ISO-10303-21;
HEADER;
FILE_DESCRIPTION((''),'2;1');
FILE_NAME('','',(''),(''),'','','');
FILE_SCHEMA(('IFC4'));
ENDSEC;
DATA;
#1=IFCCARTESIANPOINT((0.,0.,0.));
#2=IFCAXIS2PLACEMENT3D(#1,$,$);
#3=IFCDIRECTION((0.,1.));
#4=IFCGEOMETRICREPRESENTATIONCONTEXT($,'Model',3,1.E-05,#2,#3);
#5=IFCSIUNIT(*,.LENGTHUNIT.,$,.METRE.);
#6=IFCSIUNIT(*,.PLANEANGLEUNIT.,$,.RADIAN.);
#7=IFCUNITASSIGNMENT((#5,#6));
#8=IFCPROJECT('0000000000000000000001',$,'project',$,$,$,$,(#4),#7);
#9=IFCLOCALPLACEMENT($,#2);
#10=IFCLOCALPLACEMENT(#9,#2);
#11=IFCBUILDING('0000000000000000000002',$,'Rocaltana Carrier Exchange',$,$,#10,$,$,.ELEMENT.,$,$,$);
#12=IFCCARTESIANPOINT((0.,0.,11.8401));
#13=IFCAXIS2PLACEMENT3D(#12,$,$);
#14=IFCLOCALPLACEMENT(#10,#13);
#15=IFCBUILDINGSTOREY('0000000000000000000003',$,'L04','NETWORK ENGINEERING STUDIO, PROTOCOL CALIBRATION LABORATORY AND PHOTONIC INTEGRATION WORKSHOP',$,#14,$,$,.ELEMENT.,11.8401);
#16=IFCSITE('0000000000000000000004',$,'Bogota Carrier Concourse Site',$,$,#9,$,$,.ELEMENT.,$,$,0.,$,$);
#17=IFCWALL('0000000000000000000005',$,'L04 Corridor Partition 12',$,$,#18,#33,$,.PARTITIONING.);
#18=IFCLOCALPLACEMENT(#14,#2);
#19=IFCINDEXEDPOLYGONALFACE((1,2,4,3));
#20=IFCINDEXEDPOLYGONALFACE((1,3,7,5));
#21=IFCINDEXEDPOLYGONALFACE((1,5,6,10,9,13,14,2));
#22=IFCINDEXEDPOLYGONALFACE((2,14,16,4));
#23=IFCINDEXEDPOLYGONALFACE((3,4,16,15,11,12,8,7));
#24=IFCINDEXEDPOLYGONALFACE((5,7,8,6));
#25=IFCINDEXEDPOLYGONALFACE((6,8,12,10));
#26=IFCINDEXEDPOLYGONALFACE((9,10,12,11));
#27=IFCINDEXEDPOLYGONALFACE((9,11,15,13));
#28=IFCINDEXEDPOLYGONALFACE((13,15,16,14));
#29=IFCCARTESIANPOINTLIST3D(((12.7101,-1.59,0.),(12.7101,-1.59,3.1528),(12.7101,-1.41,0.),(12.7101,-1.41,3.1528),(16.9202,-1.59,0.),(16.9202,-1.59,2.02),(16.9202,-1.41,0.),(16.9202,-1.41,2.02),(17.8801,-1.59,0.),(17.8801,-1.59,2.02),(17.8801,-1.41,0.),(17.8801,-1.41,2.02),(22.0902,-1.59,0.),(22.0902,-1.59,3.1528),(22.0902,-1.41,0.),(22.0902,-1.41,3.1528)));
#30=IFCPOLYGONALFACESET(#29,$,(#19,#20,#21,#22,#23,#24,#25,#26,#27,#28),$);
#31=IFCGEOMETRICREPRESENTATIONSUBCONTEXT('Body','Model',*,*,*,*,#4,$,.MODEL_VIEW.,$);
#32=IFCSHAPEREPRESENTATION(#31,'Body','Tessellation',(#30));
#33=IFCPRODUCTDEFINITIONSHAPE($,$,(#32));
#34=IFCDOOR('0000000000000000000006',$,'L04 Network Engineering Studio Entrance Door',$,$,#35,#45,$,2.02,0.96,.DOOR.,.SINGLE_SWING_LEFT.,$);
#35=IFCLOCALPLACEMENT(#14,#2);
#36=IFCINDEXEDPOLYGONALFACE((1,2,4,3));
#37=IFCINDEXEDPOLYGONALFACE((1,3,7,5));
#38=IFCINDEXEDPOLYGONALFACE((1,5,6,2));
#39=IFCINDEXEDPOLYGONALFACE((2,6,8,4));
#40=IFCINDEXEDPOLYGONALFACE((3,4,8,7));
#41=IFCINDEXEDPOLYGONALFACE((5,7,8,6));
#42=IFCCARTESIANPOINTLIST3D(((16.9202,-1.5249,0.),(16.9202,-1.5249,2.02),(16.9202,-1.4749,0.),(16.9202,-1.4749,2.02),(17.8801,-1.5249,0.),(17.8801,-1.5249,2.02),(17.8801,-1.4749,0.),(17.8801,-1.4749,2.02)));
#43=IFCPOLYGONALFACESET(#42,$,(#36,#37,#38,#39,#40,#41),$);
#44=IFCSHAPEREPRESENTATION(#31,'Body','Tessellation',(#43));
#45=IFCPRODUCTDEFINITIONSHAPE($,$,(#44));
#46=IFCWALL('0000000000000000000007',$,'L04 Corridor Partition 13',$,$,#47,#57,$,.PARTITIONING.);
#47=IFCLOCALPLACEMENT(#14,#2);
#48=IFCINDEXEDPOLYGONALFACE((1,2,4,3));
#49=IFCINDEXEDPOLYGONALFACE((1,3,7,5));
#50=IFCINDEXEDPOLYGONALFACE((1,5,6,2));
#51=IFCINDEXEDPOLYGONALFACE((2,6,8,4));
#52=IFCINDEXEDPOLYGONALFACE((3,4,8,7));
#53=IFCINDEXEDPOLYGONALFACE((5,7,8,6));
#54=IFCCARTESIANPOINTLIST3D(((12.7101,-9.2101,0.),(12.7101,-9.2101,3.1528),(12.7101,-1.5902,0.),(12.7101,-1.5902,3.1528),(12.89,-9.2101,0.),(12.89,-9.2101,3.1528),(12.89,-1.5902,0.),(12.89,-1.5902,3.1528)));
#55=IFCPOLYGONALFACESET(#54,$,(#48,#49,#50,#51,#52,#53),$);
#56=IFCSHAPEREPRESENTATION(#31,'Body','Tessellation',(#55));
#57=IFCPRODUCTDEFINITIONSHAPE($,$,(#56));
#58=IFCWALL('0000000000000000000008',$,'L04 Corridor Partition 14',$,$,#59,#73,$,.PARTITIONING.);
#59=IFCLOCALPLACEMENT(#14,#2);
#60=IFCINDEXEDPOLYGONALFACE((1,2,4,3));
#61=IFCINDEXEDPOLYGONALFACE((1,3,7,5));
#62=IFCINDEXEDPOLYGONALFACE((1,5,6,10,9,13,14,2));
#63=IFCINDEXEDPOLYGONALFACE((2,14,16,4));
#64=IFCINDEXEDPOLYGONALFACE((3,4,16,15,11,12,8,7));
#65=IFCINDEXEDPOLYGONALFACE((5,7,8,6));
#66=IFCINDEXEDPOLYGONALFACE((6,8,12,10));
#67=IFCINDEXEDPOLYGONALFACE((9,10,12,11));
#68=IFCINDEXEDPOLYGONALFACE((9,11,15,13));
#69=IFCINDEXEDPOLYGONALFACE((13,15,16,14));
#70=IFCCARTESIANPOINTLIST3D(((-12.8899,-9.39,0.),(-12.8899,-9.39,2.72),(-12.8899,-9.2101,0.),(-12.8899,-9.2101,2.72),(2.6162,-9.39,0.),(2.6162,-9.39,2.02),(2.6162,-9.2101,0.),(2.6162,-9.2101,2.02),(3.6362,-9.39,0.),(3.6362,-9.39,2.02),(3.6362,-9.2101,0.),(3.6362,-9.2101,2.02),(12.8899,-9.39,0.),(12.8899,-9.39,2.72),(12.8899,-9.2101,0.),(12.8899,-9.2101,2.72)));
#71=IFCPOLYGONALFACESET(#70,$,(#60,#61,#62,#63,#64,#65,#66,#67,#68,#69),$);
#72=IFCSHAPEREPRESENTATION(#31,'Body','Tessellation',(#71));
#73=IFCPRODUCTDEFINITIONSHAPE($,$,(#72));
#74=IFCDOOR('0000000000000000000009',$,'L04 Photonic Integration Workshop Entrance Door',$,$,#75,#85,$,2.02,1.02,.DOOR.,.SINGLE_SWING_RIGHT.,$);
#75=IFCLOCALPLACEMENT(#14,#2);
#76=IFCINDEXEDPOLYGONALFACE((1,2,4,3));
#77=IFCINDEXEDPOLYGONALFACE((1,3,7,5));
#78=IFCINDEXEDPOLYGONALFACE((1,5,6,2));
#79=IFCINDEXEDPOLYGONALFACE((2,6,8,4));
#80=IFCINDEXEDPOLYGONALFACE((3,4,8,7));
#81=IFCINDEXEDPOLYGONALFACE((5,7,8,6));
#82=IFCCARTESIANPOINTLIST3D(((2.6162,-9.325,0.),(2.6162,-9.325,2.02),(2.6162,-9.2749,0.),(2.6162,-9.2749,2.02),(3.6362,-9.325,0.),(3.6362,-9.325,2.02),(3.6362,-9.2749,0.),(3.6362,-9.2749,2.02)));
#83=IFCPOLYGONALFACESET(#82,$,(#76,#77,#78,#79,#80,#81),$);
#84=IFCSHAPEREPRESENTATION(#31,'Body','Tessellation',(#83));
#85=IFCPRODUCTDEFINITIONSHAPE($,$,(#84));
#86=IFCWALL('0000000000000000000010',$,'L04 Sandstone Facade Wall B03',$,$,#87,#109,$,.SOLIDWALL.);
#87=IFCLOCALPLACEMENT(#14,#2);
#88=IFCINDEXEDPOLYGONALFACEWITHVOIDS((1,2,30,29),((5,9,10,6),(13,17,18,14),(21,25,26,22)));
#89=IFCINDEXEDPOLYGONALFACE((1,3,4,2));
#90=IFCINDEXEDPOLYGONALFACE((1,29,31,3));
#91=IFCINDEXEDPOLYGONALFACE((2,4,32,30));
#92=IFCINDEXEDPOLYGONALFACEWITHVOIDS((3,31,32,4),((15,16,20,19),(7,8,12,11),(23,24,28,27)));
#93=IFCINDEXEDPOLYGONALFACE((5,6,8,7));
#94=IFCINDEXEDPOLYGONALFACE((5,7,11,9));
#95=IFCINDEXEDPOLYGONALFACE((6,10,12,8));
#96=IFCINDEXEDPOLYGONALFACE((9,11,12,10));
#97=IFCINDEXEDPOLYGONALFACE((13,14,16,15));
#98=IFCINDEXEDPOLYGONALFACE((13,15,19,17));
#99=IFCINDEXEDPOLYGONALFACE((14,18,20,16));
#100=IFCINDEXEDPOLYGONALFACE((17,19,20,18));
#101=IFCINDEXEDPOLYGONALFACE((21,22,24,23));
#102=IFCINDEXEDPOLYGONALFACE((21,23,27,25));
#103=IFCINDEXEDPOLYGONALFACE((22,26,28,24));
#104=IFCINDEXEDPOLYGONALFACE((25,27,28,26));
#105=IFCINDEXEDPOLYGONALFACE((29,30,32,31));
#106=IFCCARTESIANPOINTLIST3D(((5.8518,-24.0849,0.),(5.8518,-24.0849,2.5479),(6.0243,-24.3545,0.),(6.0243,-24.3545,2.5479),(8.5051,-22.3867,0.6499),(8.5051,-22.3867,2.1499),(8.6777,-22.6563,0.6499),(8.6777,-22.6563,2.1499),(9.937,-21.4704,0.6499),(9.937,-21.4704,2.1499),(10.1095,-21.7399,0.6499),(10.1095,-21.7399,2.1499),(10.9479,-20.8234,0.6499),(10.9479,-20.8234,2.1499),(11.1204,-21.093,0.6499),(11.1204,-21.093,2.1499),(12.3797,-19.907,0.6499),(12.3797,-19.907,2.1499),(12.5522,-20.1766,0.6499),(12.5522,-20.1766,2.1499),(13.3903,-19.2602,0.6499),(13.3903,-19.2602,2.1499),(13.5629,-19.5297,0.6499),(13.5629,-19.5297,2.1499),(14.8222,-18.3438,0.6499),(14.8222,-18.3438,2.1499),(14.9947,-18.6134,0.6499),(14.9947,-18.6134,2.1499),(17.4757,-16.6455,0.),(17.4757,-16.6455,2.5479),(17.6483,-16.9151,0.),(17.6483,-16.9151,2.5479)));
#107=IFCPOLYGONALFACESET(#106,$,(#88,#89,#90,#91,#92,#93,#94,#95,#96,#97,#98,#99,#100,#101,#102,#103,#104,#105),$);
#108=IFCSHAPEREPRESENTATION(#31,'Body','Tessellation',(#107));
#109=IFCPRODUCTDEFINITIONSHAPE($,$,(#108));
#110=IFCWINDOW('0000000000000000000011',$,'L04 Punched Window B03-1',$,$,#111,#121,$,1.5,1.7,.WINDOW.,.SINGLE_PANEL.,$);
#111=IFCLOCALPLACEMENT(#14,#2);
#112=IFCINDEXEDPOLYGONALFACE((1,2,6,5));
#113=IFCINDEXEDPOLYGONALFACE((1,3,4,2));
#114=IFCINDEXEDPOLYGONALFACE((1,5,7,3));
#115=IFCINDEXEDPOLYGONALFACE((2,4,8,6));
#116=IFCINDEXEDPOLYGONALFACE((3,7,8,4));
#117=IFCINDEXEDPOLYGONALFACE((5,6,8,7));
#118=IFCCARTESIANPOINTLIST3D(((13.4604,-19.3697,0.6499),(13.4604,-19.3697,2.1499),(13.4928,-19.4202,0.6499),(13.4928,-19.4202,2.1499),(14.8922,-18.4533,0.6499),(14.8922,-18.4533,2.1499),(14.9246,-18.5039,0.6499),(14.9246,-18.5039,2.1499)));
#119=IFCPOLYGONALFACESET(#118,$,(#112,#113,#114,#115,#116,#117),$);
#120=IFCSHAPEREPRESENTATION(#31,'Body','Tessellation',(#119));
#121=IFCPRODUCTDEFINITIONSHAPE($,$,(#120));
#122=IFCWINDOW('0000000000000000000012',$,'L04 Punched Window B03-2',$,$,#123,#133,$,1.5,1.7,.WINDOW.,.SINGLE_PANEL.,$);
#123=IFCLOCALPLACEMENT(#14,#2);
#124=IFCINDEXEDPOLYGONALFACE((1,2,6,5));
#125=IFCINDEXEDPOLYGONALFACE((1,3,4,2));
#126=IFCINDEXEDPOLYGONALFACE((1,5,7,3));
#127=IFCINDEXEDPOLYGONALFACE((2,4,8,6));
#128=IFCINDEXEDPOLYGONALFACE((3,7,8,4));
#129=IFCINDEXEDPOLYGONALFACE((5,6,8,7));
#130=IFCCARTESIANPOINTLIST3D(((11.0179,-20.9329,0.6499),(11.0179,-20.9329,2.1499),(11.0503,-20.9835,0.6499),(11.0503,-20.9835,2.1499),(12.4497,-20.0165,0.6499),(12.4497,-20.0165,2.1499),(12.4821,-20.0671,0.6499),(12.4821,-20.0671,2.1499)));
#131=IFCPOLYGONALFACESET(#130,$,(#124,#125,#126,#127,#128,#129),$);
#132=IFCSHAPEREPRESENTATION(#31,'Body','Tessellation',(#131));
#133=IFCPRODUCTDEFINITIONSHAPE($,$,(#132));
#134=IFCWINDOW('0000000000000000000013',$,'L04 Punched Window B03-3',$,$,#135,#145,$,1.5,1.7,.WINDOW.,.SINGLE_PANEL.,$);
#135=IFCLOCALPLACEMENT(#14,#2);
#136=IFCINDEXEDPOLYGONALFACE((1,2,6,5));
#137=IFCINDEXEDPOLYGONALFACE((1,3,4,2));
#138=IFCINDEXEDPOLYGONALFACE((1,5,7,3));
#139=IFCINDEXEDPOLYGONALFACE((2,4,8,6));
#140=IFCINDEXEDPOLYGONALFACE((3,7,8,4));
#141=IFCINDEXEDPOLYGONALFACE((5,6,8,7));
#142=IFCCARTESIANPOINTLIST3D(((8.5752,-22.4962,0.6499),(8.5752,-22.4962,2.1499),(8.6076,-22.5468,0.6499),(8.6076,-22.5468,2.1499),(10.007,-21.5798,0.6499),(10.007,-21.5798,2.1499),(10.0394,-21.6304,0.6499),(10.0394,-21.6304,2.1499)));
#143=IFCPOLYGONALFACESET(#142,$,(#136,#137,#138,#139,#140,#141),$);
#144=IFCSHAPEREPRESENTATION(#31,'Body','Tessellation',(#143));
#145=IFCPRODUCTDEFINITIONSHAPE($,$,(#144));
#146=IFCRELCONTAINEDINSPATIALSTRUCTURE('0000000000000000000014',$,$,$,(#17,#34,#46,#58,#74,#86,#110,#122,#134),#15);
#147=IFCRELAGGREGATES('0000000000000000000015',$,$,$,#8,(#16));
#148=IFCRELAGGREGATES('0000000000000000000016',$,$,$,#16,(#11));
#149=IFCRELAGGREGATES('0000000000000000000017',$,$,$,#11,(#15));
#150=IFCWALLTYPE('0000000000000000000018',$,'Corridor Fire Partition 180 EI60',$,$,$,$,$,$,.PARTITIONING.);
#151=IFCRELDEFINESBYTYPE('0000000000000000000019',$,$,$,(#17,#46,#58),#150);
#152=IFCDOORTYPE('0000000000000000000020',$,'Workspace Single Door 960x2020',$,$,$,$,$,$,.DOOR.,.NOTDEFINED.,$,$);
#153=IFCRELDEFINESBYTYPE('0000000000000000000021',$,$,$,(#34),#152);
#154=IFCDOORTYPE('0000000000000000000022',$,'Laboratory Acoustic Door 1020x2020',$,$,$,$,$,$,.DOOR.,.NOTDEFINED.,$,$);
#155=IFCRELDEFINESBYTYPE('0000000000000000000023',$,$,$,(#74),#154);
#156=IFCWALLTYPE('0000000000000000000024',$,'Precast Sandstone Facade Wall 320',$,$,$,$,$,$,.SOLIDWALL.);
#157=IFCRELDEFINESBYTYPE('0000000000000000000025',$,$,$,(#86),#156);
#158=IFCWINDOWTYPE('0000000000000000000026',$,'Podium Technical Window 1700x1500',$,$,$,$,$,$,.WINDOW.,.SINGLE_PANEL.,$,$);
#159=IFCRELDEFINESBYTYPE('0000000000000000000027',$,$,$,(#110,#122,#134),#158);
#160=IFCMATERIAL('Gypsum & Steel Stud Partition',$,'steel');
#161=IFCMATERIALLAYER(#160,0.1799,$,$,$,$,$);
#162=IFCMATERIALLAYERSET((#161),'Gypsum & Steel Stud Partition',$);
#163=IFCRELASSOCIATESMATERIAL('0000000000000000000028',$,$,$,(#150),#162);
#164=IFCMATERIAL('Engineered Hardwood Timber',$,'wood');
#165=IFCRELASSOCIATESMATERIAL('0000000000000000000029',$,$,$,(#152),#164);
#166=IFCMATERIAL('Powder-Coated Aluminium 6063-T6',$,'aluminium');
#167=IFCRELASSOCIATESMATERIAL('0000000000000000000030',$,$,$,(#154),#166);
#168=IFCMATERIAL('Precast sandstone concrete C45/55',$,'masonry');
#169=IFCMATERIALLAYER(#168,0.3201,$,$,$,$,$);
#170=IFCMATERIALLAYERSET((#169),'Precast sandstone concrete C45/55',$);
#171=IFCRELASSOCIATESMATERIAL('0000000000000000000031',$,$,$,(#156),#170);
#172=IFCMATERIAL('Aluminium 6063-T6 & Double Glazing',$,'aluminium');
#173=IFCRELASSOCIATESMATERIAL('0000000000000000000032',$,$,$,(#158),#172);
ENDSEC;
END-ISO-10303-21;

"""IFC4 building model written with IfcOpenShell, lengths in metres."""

from ifc_helpers import new_model, si_unit, direction, frame, frame_2d, origin, place, context, subcontext, project, spatial, rectangle, extrude, material, layer, layer_set, type_object, element, fill, save


model = new_model("IFC4")

# Units and contexts
model_context = context("Model", 3, precision=1e-05, world=origin(), true_north=direction((0.0, 1.0)))
body_context = subcontext(model_context, "Body", "Model", "MODEL_VIEW")
ifc_project = project(units=[si_unit("LENGTHUNIT", "METRE"), si_unit("PLANEANGLEUNIT", "RADIAN")], contexts=[model_context])

# Site, building, storey
site_placement = place(None, origin())
site = spatial("IfcSite", under=ifc_project, at=site_placement, Name="Bogota Carrier Concourse Site", CompositionType="ELEMENT", RefElevation=0.0)
building_placement = place(site_placement, origin())
building = spatial("IfcBuilding", under=site, at=building_placement, Name="Rocaltana Carrier Exchange", CompositionType="ELEMENT")
storey_placement = place(building_placement, frame((0.0, 0.0, 11.8401)))
storey = spatial("IfcBuildingStorey", under=building, at=storey_placement, Name="L04", Description="NETWORK ENGINEERING STUDIO, PROTOCOL CALIBRATION LABORATORY AND PHOTONIC INTEGRATION WORKSHOP", CompositionType="ELEMENT", Elevation=11.8401)

# Wall, opening, door
ifc_material_1 = material(Name="Gypsum & Steel Stud Partition", Category="steel")
ifc_layer_1 = layer(ifc_material_1, 0.1799)
ifc_layer_set_1 = layer_set([ifc_layer_1], Name="Gypsum & Steel Stud Partition")
wall_type_1 = type_object("IfcWallType", Name="Corridor Fire Partition 180 EI60", PredefinedType="PARTITIONING", material=ifc_layer_set_1)
wall_1_placement = place(storey_placement, frame((22.0901, -1.5, 0.0), z_axis=(0.0, 0.0, 1.0), x_axis=(-1.0, 0.0, 0.0)))
wall_1 = element("IfcWall", 1, at=wall_1_placement, inside=storey, type_object=wall_type_1, Name="L04 Corridor Partition 12", PredefinedType="PARTITIONING", context=body_context, shape_type="SweptSolid", body=[
    extrude(rectangle(XDim=9.3801, YDim=0.1799, at=frame_2d((4.6899, 0.0))), origin(), (0.0, 0.0, 1.0), 3.1528),
])
opening_1_placement = place(wall_1_placement, frame((4.21, 0.0, 0.0)))
opening_1 = element("IfcOpeningElement", 2, at=opening_1_placement, cuts=wall_1, PredefinedType="OPENING", context=body_context, shape_type="SweptSolid", body=[
    extrude(rectangle(XDim=0.96, YDim=2.02, at=frame_2d((0.48, 1.01))), frame((0.0, 0.0999, 0.0), z_axis=(0.0, -1.0, 0.0), x_axis=(1.0, 0.0, 0.0)), (0.0, 0.0, 1.0), 0.2),
])
ifc_material_2 = material(Name="Engineered Hardwood Timber", Category="wood")
door_type_1 = type_object("IfcDoorType", Name="Workspace Single Door 960x2020", OperationType="NOTDEFINED", PredefinedType="DOOR", material=ifc_material_2)
door_1_placement = place(opening_1_placement, origin())
door_1 = element("IfcDoor", 3, at=door_1_placement, inside=storey, type_object=door_type_1, Name="L04 Network Engineering Studio Entrance Door", OperationType="SINGLE_SWING_LEFT", OverallHeight=2.02, OverallWidth=0.96, PredefinedType="DOOR", context=body_context, shape_type="SweptSolid", body=[
    extrude(rectangle(XDim=0.96, YDim=2.02, at=frame_2d((0.48, 1.01))), frame((0.0, 0.0249, 0.0), z_axis=(0.0, -1.0, 0.0), x_axis=(1.0, 0.0, 0.0)), (0.0, 0.0, 1.0), 0.05),
])
fill(opening_1, door_1)

# Wall
wall_2_placement = place(storey_placement, frame((12.8, -1.5901, 0.0), z_axis=(0.0, 0.0, 1.0), x_axis=(0.0, -1.0, 0.0)))
element("IfcWall", 4, at=wall_2_placement, inside=storey, type_object=wall_type_1, Name="L04 Corridor Partition 13", PredefinedType="PARTITIONING", context=body_context, shape_type="SweptSolid", body=[
    extrude(rectangle(XDim=7.6199, YDim=0.1799, at=frame_2d((3.8101, 0.0))), origin(), (0.0, 0.0, 1.0), 3.1528),
])

# Wall, opening, door
wall_3_placement = place(storey_placement, frame((12.8899, -9.3, 0.0), z_axis=(0.0, 0.0, 1.0), x_axis=(-1.0, 0.0, 0.0)))
wall_3 = element("IfcWall", 5, at=wall_3_placement, inside=storey, type_object=wall_type_1, Name="L04 Corridor Partition 14", PredefinedType="PARTITIONING", context=body_context, shape_type="SweptSolid", body=[
    extrude(rectangle(XDim=25.7798, YDim=0.1799, at=frame_2d((12.8899, 0.0))), origin(), (0.0, 0.0, 1.0), 2.72),
])
opening_2_placement = place(wall_3_placement, frame((9.2537, 0.0, 0.0)))
opening_2 = element("IfcOpeningElement", 6, at=opening_2_placement, cuts=wall_3, PredefinedType="OPENING", context=body_context, shape_type="SweptSolid", body=[
    extrude(rectangle(XDim=1.02, YDim=2.02, at=frame_2d((0.51, 1.01))), frame((0.0, 0.0999, 0.0), z_axis=(0.0, -1.0, 0.0), x_axis=(1.0, 0.0, 0.0)), (0.0, 0.0, 1.0), 0.2),
])
ifc_material_3 = material(Name="Powder-Coated Aluminium 6063-T6", Category="aluminium")
door_type_2 = type_object("IfcDoorType", Name="Laboratory Acoustic Door 1020x2020", OperationType="NOTDEFINED", PredefinedType="DOOR", material=ifc_material_3)
door_2_placement = place(opening_2_placement, origin())
door_2 = element("IfcDoor", 7, at=door_2_placement, inside=storey, type_object=door_type_2, Name="L04 Photonic Integration Workshop Entrance Door", OperationType="SINGLE_SWING_RIGHT", OverallHeight=2.02, OverallWidth=1.02, PredefinedType="DOOR", context=body_context, shape_type="SweptSolid", body=[
    extrude(rectangle(XDim=1.02, YDim=2.02, at=frame_2d((0.51, 1.01))), frame((0.0, 0.0249, 0.0), z_axis=(0.0, -1.0, 0.0), x_axis=(1.0, 0.0, 0.0)), (0.0, 0.0, 1.0), 0.05),
])
fill(opening_2, door_2)

# Wall, openings, windows
ifc_material_4 = material(Name="Precast sandstone concrete C45/55", Category="masonry")
ifc_layer_2 = layer(ifc_material_4, 0.3201)
ifc_layer_set_2 = layer_set([ifc_layer_2], Name="Precast sandstone concrete C45/55")
wall_type_2 = type_object("IfcWallType", Name="Precast Sandstone Facade Wall 320", PredefinedType="SOLIDWALL", material=ifc_layer_set_2)
wall_4_placement = place(storey_placement, frame((17.562, -16.7803, 0.0), z_axis=(0.0, 0.0, 1.0), x_axis=(-0.842269, -0.539058, 0.0)))
wall_4 = element("IfcWall", 8, at=wall_4_placement, inside=storey, type_object=wall_type_2, Name="L04 Sandstone Facade Wall B03", PredefinedType="SOLIDWALL", context=body_context, shape_type="SweptSolid", body=[
    extrude(rectangle(XDim=13.8008, YDim=0.3201, at=frame_2d((6.9004, 0.0))), origin(), (0.0, 0.0, 1.0), 2.5479),
])
opening_3_placement = place(wall_4_placement, frame((3.1504, 0.0, 0.6499)))
opening_3 = element("IfcOpeningElement", 9, at=opening_3_placement, cuts=wall_4, PredefinedType="OPENING", context=body_context, shape_type="SweptSolid", body=[
    extrude(rectangle(XDim=1.7, YDim=1.5, at=frame_2d((0.8501, 0.75))), frame((0.0, 0.1699, 0.0), z_axis=(0.0, -1.0, 0.0), x_axis=(1.0, 0.0, 0.0)), (0.0, 0.0, 1.0), 0.3401),
])
opening_4_placement = place(wall_4_placement, frame((6.0503, 0.0, 0.6499)))
opening_4 = element("IfcOpeningElement", 10, at=opening_4_placement, cuts=wall_4, PredefinedType="OPENING", context=body_context, shape_type="SweptSolid", body=[
    extrude(rectangle(XDim=1.7, YDim=1.5, at=frame_2d((0.8501, 0.75))), frame((0.0, 0.1699, 0.0), z_axis=(0.0, -1.0, 0.0), x_axis=(1.0, 0.0, 0.0)), (0.0, 0.0, 1.0), 0.3401),
])
opening_5_placement = place(wall_4_placement, frame((8.9504, 0.0, 0.6499)))
opening_5 = element("IfcOpeningElement", 11, at=opening_5_placement, cuts=wall_4, PredefinedType="OPENING", context=body_context, shape_type="SweptSolid", body=[
    extrude(rectangle(XDim=1.7, YDim=1.5, at=frame_2d((0.8501, 0.75))), frame((0.0, 0.1699, 0.0), z_axis=(0.0, -1.0, 0.0), x_axis=(1.0, 0.0, 0.0)), (0.0, 0.0, 1.0), 0.3401),
])
ifc_material_5 = material(Name="Aluminium 6063-T6 & Double Glazing", Category="aluminium")
window_type_1 = type_object("IfcWindowType", Name="Podium Technical Window 1700x1500", PartitioningType="SINGLE_PANEL", PredefinedType="WINDOW", material=ifc_material_5)
window_1_placement = place(opening_3_placement, origin())
window_1 = element("IfcWindow", 12, at=window_1_placement, inside=storey, type_object=window_type_1, Name="L04 Punched Window B03-1", OverallHeight=1.5, OverallWidth=1.7, PartitioningType="SINGLE_PANEL", PredefinedType="WINDOW", context=body_context, shape_type="SweptSolid", body=[
    extrude(rectangle(XDim=1.7, YDim=1.5, at=frame_2d((0.8501, 0.75))), frame((0.0, 0.03, 0.0), z_axis=(0.0, -1.0, 0.0), x_axis=(1.0, 0.0, 0.0)), (0.0, 0.0, 1.0), 0.0601),
])
fill(opening_3, window_1)
window_2_placement = place(opening_4_placement, origin())
window_2 = element("IfcWindow", 13, at=window_2_placement, inside=storey, type_object=window_type_1, Name="L04 Punched Window B03-2", OverallHeight=1.5, OverallWidth=1.7, PartitioningType="SINGLE_PANEL", PredefinedType="WINDOW", context=body_context, shape_type="SweptSolid", body=[
    extrude(rectangle(XDim=1.7, YDim=1.5, at=frame_2d((0.8501, 0.75))), frame((0.0, 0.03, 0.0), z_axis=(0.0, -1.0, 0.0), x_axis=(1.0, 0.0, 0.0)), (0.0, 0.0, 1.0), 0.0601),
])
fill(opening_4, window_2)
window_3_placement = place(opening_5_placement, origin())
window_3 = element("IfcWindow", 14, at=window_3_placement, inside=storey, type_object=window_type_1, Name="L04 Punched Window B03-3", OverallHeight=1.5, OverallWidth=1.7, PartitioningType="SINGLE_PANEL", PredefinedType="WINDOW", context=body_context, shape_type="SweptSolid", body=[
    extrude(rectangle(XDim=1.7, YDim=1.5, at=frame_2d((0.8501, 0.75))), frame((0.0, 0.03, 0.0), z_axis=(0.0, -1.0, 0.0), x_axis=(1.0, 0.0, 0.0)), (0.0, 0.0, 1.0), 0.0601),
])
fill(opening_5, window_3)

save(model, "model.ifc")
